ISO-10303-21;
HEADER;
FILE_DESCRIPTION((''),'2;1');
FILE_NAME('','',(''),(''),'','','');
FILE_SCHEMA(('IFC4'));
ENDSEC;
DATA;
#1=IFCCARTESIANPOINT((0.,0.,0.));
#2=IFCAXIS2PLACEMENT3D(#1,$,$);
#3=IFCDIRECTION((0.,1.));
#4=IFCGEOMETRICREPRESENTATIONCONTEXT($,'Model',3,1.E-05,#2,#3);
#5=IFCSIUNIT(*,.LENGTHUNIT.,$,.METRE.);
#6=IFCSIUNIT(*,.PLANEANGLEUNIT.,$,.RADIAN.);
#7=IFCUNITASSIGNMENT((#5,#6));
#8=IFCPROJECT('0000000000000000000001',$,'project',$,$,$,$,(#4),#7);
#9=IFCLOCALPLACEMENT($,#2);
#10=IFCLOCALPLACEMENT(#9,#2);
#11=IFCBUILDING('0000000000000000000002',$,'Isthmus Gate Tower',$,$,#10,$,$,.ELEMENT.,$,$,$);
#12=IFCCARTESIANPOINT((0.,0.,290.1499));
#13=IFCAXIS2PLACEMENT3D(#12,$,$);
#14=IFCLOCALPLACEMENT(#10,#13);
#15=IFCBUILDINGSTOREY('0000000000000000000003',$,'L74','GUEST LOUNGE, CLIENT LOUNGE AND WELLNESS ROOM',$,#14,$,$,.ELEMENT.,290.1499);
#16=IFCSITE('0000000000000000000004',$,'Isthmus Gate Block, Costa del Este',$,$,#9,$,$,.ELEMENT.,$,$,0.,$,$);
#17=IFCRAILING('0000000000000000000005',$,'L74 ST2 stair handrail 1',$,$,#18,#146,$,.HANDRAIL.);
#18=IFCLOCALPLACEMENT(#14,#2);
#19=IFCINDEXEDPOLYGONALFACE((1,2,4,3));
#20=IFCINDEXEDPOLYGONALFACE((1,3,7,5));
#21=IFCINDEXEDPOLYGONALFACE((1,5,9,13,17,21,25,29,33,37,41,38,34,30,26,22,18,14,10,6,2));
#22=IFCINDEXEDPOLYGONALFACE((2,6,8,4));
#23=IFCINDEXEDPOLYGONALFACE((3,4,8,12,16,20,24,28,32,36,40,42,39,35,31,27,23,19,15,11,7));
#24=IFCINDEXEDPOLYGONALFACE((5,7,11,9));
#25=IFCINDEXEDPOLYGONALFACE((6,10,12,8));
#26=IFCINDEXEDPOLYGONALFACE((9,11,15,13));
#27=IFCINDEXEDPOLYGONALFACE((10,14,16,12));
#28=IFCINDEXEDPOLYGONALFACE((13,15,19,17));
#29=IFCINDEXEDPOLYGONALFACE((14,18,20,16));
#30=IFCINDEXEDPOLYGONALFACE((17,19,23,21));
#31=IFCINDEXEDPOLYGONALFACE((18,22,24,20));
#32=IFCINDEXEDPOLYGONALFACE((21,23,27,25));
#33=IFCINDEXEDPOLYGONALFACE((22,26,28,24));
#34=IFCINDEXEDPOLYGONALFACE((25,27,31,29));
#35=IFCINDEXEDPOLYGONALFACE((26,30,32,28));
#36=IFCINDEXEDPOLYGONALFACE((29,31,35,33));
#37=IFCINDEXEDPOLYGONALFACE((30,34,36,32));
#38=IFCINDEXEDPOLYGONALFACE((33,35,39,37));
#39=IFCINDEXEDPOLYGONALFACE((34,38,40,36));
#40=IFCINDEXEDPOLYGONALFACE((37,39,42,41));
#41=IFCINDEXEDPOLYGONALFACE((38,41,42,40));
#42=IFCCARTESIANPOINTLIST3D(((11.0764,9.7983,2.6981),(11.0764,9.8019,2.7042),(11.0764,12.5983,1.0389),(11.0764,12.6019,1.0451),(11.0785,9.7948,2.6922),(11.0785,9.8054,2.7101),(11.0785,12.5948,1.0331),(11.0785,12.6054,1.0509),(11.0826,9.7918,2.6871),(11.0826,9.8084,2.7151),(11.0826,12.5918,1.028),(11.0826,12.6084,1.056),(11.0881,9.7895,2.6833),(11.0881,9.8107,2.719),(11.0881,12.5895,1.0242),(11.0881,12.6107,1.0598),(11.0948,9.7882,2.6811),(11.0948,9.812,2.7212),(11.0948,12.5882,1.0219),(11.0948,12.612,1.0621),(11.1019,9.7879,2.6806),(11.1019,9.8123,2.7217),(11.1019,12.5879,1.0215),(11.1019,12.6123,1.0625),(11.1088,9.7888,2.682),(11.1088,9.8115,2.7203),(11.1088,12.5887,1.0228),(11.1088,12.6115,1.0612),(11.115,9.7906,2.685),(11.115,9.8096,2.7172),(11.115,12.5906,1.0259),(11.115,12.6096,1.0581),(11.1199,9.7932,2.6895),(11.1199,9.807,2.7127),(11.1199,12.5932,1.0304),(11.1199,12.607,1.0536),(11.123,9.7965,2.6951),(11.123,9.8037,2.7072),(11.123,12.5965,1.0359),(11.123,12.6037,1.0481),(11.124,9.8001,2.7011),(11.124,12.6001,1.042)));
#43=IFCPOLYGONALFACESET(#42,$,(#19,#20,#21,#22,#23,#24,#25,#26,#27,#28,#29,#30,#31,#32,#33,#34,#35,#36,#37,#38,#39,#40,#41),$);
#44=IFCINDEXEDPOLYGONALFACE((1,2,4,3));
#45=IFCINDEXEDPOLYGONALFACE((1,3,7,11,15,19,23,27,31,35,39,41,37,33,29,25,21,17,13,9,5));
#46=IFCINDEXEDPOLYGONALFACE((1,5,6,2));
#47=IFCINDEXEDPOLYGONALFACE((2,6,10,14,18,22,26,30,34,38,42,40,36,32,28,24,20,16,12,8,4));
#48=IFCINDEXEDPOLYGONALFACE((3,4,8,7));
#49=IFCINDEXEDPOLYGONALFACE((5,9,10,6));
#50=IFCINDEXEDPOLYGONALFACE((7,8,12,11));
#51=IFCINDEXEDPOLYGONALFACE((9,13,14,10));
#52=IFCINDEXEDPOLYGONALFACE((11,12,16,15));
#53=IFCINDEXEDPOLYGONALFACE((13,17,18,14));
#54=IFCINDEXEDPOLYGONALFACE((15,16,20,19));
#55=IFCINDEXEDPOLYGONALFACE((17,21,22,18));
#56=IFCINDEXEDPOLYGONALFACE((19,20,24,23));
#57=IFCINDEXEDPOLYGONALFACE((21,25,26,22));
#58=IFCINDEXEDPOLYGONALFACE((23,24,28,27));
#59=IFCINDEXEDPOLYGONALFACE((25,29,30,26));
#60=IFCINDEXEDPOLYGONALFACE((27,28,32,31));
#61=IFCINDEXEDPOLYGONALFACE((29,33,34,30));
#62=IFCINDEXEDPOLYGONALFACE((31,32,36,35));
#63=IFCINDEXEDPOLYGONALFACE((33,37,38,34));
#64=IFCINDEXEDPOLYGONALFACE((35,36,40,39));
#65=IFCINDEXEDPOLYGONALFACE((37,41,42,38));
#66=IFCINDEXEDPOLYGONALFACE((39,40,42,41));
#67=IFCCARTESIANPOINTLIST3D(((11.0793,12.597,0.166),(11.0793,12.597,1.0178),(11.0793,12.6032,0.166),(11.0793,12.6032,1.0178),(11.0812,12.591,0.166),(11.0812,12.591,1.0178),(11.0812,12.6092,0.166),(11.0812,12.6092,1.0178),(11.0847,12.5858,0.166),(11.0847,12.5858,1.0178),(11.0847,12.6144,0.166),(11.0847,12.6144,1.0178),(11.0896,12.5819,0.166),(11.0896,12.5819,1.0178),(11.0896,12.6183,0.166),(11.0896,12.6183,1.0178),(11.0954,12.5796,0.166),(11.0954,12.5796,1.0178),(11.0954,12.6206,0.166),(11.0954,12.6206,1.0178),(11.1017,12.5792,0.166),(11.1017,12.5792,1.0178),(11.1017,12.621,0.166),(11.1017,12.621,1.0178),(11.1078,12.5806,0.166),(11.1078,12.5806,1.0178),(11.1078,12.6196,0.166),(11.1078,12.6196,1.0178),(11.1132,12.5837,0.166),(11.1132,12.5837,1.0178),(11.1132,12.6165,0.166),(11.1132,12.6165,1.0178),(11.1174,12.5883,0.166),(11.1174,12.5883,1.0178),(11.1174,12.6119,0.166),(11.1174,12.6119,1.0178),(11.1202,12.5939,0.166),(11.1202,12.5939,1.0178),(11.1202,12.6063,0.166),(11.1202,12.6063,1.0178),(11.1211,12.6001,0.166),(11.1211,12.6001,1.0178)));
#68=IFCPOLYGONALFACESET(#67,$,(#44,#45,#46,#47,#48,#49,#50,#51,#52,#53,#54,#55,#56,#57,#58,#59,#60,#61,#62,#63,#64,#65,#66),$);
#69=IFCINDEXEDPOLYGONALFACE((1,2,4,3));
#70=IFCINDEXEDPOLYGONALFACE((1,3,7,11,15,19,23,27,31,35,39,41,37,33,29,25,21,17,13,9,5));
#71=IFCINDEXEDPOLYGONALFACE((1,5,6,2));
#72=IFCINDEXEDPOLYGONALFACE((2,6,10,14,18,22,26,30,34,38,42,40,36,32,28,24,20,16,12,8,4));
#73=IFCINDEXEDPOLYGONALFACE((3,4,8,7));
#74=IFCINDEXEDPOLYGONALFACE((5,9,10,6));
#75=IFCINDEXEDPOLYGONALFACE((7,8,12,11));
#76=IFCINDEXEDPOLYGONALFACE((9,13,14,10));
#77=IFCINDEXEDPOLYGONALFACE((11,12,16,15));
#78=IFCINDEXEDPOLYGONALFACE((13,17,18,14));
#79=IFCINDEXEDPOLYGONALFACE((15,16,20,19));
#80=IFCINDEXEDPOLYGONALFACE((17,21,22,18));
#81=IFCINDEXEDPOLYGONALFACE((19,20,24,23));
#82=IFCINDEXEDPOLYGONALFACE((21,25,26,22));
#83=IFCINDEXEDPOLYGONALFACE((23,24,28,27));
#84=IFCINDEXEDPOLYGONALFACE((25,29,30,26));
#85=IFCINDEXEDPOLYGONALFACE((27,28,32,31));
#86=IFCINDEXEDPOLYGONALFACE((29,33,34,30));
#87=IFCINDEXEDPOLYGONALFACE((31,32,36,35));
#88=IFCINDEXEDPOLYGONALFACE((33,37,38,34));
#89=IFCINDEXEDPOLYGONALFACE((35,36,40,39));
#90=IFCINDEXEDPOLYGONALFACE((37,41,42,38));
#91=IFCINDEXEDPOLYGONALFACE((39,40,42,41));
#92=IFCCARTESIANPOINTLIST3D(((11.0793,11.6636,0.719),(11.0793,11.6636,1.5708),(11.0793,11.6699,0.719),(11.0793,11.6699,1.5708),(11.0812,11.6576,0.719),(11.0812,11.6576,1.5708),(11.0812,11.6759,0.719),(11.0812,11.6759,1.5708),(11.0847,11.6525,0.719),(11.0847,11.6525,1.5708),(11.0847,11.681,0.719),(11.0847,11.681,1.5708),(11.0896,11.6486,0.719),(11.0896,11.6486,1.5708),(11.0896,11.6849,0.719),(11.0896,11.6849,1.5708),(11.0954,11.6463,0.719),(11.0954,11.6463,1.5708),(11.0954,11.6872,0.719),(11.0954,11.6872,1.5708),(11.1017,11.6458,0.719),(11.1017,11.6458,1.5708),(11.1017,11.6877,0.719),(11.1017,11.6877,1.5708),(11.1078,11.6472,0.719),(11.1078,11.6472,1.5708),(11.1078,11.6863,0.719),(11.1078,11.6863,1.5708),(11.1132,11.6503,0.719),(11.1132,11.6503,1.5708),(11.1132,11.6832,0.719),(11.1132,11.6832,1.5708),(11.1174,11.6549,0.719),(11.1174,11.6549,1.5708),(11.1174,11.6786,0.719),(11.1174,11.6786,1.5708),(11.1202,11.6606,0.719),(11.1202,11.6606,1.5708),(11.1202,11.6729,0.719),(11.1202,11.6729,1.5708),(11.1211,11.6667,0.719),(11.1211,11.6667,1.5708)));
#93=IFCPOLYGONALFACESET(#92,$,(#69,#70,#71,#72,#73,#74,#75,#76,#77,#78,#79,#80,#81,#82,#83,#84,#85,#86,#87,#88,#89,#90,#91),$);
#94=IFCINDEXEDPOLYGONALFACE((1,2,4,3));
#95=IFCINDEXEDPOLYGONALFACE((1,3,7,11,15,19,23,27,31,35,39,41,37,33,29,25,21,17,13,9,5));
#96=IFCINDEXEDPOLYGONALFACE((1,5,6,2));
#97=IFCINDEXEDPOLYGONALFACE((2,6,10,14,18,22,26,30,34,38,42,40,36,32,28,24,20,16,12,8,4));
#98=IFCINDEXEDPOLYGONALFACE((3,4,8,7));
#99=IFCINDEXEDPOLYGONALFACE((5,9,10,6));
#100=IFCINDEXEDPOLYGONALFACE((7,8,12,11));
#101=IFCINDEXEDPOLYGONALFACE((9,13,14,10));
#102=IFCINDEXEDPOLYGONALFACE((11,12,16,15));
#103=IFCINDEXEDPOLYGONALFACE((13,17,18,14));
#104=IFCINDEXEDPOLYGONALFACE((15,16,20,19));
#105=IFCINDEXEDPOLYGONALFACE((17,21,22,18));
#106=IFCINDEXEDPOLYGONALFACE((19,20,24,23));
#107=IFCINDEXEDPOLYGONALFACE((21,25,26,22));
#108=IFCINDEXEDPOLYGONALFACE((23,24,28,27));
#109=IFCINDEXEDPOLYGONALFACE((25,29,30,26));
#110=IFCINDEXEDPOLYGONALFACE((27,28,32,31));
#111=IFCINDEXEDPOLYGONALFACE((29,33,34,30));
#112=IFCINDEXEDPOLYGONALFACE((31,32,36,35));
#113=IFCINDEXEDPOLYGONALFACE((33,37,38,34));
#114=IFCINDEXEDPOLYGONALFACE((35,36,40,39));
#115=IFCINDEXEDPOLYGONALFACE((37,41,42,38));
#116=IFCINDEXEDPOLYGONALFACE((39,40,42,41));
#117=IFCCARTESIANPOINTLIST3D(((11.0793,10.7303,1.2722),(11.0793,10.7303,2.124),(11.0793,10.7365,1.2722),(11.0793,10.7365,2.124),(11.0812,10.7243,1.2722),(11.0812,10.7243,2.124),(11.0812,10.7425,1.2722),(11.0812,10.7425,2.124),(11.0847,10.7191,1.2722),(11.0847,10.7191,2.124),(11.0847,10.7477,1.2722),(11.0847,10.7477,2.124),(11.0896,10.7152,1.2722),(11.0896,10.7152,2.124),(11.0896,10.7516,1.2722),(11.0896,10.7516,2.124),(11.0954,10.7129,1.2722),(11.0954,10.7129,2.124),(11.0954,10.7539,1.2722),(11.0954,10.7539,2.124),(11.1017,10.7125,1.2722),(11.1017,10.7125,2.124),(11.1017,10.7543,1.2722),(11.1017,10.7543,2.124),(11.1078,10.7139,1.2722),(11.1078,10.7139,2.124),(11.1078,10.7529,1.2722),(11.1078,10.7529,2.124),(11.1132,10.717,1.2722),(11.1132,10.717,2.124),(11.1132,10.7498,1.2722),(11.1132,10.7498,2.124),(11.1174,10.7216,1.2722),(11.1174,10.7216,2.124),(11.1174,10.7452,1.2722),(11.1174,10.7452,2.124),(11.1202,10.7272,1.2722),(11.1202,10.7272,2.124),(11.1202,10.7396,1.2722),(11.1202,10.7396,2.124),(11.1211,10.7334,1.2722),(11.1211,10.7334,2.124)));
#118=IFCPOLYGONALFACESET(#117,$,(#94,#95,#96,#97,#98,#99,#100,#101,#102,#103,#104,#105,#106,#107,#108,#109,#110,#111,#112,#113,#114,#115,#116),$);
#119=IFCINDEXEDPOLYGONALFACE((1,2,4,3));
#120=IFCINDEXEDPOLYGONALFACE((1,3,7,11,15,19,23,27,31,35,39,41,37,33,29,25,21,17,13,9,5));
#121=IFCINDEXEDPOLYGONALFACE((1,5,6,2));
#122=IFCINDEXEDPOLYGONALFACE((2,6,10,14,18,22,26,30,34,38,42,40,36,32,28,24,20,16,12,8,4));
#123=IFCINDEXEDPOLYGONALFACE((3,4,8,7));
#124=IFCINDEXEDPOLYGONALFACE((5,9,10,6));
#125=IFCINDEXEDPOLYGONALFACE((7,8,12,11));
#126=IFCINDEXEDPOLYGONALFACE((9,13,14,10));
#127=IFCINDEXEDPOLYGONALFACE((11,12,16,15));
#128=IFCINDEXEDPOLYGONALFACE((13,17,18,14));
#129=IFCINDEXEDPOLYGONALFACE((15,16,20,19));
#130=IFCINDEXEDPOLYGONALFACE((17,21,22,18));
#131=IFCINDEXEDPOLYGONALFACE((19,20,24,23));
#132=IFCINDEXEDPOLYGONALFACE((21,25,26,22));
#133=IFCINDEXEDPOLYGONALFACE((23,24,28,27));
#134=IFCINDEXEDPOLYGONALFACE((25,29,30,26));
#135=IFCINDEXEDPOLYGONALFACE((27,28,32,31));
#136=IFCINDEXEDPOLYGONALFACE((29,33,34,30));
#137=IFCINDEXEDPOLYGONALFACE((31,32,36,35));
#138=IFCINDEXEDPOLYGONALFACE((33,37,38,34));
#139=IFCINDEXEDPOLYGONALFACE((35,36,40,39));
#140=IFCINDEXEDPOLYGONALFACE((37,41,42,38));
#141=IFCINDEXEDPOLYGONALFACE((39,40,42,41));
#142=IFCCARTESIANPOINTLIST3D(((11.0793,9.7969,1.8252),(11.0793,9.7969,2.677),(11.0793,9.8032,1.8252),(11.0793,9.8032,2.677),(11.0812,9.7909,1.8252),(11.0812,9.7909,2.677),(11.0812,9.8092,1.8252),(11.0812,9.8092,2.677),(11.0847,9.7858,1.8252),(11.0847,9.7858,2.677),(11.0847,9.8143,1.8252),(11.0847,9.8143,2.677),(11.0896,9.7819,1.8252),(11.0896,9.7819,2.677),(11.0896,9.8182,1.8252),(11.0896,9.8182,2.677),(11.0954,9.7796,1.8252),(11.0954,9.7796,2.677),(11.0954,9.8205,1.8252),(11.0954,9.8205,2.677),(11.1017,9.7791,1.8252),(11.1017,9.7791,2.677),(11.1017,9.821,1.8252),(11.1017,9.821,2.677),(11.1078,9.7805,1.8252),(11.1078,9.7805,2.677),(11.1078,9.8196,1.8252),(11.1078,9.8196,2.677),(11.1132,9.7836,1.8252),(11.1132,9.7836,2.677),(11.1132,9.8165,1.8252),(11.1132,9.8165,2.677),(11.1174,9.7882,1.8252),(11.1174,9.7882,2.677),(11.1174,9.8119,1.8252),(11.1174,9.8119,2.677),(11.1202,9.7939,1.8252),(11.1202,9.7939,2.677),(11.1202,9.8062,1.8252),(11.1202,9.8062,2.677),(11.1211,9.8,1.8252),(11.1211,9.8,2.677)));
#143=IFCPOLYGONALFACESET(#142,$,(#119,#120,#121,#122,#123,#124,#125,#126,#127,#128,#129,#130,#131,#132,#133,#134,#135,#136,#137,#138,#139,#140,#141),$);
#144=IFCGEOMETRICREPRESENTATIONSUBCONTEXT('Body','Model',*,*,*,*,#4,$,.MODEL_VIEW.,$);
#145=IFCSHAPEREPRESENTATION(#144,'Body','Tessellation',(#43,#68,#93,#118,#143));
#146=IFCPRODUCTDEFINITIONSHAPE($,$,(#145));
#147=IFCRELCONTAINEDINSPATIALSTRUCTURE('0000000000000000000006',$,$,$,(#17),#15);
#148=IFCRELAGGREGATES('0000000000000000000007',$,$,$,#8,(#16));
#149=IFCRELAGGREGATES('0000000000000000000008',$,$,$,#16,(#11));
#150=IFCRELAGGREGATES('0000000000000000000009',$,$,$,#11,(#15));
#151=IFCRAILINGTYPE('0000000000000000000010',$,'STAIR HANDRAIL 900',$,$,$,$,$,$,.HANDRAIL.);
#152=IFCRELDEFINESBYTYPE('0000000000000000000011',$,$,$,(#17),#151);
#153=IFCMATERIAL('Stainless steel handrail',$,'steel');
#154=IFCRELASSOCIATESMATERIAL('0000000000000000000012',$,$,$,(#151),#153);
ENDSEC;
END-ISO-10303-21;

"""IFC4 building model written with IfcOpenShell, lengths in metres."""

from ifc_helpers import new_model, si_unit, direction, frame, origin, origin_2d, place, context, subcontext, project, spatial, circle, extrude, material, type_object, element, save


model = new_model("IFC4")

# Units and contexts
model_context = context("Model", 3, precision=1e-05, world=origin(), true_north=direction((0.0, 1.0)))
body_context = subcontext(model_context, "Body", "Model", "MODEL_VIEW")
ifc_project = project(units=[si_unit("LENGTHUNIT", "METRE"), si_unit("PLANEANGLEUNIT", "RADIAN")], contexts=[model_context])

# Site, building, storey
site_placement = place(None, origin())
site = spatial("IfcSite", under=ifc_project, at=site_placement, Name="Isthmus Gate Block, Costa del Este", CompositionType="ELEMENT", RefElevation=0.0)
building_placement = place(site_placement, origin())
building = spatial("IfcBuilding", under=site, at=building_placement, Name="Isthmus Gate Tower", CompositionType="ELEMENT")
storey_placement = place(building_placement, frame((0.0, 0.0, 290.1499)))
storey = spatial("IfcBuildingStorey", under=building, at=storey_placement, Name="L74", Description="GUEST LOUNGE, CLIENT LOUNGE AND WELLNESS ROOM", CompositionType="ELEMENT", Elevation=290.1499)

# Railing
ifc_material_1 = material(Name="Stainless steel handrail", Category="steel")
railing_type_1 = type_object("IfcRailingType", Name="STAIR HANDRAIL 900", PredefinedType="HANDRAIL", material=ifc_material_1)
for number, where, name in (
    (1, (11.1001, 12.6001, 0.166), "L74 ST2 stair handrail 1"),
):
    element("IfcRailing", number, at=place(storey_placement, frame(where)), inside=storey, type_object=railing_type_1, Name=name, PredefinedType="HANDRAIL", context=body_context, shape_type="SweptSolid", body=[
        extrude(circle(Radius=0.0239, at=origin_2d()), frame((0.0, 0.0, 0.876), z_axis=(0.0, -0.860306, 0.509778), x_axis=(1.0, 0.0, 0.0)), (0.0, 0.0, 1.0), 3.2546),
        extrude(circle(Radius=0.021, at=origin_2d()), origin(), (0.0, 0.0, 1.0), 0.8518),
        extrude(circle(Radius=0.021, at=origin_2d()), frame((0.0, -0.9333, 0.553)), (0.0, 0.0, 1.0), 0.8518),
        extrude(circle(Radius=0.021, at=origin_2d()), frame((0.0, -1.8667, 1.1062)), (0.0, 0.0, 1.0), 0.8518),
        extrude(circle(Radius=0.021, at=origin_2d()), frame((0.0, -2.8, 1.6592)), (0.0, 0.0, 1.0), 0.8518),
    ])

save(model, "model.ifc")
